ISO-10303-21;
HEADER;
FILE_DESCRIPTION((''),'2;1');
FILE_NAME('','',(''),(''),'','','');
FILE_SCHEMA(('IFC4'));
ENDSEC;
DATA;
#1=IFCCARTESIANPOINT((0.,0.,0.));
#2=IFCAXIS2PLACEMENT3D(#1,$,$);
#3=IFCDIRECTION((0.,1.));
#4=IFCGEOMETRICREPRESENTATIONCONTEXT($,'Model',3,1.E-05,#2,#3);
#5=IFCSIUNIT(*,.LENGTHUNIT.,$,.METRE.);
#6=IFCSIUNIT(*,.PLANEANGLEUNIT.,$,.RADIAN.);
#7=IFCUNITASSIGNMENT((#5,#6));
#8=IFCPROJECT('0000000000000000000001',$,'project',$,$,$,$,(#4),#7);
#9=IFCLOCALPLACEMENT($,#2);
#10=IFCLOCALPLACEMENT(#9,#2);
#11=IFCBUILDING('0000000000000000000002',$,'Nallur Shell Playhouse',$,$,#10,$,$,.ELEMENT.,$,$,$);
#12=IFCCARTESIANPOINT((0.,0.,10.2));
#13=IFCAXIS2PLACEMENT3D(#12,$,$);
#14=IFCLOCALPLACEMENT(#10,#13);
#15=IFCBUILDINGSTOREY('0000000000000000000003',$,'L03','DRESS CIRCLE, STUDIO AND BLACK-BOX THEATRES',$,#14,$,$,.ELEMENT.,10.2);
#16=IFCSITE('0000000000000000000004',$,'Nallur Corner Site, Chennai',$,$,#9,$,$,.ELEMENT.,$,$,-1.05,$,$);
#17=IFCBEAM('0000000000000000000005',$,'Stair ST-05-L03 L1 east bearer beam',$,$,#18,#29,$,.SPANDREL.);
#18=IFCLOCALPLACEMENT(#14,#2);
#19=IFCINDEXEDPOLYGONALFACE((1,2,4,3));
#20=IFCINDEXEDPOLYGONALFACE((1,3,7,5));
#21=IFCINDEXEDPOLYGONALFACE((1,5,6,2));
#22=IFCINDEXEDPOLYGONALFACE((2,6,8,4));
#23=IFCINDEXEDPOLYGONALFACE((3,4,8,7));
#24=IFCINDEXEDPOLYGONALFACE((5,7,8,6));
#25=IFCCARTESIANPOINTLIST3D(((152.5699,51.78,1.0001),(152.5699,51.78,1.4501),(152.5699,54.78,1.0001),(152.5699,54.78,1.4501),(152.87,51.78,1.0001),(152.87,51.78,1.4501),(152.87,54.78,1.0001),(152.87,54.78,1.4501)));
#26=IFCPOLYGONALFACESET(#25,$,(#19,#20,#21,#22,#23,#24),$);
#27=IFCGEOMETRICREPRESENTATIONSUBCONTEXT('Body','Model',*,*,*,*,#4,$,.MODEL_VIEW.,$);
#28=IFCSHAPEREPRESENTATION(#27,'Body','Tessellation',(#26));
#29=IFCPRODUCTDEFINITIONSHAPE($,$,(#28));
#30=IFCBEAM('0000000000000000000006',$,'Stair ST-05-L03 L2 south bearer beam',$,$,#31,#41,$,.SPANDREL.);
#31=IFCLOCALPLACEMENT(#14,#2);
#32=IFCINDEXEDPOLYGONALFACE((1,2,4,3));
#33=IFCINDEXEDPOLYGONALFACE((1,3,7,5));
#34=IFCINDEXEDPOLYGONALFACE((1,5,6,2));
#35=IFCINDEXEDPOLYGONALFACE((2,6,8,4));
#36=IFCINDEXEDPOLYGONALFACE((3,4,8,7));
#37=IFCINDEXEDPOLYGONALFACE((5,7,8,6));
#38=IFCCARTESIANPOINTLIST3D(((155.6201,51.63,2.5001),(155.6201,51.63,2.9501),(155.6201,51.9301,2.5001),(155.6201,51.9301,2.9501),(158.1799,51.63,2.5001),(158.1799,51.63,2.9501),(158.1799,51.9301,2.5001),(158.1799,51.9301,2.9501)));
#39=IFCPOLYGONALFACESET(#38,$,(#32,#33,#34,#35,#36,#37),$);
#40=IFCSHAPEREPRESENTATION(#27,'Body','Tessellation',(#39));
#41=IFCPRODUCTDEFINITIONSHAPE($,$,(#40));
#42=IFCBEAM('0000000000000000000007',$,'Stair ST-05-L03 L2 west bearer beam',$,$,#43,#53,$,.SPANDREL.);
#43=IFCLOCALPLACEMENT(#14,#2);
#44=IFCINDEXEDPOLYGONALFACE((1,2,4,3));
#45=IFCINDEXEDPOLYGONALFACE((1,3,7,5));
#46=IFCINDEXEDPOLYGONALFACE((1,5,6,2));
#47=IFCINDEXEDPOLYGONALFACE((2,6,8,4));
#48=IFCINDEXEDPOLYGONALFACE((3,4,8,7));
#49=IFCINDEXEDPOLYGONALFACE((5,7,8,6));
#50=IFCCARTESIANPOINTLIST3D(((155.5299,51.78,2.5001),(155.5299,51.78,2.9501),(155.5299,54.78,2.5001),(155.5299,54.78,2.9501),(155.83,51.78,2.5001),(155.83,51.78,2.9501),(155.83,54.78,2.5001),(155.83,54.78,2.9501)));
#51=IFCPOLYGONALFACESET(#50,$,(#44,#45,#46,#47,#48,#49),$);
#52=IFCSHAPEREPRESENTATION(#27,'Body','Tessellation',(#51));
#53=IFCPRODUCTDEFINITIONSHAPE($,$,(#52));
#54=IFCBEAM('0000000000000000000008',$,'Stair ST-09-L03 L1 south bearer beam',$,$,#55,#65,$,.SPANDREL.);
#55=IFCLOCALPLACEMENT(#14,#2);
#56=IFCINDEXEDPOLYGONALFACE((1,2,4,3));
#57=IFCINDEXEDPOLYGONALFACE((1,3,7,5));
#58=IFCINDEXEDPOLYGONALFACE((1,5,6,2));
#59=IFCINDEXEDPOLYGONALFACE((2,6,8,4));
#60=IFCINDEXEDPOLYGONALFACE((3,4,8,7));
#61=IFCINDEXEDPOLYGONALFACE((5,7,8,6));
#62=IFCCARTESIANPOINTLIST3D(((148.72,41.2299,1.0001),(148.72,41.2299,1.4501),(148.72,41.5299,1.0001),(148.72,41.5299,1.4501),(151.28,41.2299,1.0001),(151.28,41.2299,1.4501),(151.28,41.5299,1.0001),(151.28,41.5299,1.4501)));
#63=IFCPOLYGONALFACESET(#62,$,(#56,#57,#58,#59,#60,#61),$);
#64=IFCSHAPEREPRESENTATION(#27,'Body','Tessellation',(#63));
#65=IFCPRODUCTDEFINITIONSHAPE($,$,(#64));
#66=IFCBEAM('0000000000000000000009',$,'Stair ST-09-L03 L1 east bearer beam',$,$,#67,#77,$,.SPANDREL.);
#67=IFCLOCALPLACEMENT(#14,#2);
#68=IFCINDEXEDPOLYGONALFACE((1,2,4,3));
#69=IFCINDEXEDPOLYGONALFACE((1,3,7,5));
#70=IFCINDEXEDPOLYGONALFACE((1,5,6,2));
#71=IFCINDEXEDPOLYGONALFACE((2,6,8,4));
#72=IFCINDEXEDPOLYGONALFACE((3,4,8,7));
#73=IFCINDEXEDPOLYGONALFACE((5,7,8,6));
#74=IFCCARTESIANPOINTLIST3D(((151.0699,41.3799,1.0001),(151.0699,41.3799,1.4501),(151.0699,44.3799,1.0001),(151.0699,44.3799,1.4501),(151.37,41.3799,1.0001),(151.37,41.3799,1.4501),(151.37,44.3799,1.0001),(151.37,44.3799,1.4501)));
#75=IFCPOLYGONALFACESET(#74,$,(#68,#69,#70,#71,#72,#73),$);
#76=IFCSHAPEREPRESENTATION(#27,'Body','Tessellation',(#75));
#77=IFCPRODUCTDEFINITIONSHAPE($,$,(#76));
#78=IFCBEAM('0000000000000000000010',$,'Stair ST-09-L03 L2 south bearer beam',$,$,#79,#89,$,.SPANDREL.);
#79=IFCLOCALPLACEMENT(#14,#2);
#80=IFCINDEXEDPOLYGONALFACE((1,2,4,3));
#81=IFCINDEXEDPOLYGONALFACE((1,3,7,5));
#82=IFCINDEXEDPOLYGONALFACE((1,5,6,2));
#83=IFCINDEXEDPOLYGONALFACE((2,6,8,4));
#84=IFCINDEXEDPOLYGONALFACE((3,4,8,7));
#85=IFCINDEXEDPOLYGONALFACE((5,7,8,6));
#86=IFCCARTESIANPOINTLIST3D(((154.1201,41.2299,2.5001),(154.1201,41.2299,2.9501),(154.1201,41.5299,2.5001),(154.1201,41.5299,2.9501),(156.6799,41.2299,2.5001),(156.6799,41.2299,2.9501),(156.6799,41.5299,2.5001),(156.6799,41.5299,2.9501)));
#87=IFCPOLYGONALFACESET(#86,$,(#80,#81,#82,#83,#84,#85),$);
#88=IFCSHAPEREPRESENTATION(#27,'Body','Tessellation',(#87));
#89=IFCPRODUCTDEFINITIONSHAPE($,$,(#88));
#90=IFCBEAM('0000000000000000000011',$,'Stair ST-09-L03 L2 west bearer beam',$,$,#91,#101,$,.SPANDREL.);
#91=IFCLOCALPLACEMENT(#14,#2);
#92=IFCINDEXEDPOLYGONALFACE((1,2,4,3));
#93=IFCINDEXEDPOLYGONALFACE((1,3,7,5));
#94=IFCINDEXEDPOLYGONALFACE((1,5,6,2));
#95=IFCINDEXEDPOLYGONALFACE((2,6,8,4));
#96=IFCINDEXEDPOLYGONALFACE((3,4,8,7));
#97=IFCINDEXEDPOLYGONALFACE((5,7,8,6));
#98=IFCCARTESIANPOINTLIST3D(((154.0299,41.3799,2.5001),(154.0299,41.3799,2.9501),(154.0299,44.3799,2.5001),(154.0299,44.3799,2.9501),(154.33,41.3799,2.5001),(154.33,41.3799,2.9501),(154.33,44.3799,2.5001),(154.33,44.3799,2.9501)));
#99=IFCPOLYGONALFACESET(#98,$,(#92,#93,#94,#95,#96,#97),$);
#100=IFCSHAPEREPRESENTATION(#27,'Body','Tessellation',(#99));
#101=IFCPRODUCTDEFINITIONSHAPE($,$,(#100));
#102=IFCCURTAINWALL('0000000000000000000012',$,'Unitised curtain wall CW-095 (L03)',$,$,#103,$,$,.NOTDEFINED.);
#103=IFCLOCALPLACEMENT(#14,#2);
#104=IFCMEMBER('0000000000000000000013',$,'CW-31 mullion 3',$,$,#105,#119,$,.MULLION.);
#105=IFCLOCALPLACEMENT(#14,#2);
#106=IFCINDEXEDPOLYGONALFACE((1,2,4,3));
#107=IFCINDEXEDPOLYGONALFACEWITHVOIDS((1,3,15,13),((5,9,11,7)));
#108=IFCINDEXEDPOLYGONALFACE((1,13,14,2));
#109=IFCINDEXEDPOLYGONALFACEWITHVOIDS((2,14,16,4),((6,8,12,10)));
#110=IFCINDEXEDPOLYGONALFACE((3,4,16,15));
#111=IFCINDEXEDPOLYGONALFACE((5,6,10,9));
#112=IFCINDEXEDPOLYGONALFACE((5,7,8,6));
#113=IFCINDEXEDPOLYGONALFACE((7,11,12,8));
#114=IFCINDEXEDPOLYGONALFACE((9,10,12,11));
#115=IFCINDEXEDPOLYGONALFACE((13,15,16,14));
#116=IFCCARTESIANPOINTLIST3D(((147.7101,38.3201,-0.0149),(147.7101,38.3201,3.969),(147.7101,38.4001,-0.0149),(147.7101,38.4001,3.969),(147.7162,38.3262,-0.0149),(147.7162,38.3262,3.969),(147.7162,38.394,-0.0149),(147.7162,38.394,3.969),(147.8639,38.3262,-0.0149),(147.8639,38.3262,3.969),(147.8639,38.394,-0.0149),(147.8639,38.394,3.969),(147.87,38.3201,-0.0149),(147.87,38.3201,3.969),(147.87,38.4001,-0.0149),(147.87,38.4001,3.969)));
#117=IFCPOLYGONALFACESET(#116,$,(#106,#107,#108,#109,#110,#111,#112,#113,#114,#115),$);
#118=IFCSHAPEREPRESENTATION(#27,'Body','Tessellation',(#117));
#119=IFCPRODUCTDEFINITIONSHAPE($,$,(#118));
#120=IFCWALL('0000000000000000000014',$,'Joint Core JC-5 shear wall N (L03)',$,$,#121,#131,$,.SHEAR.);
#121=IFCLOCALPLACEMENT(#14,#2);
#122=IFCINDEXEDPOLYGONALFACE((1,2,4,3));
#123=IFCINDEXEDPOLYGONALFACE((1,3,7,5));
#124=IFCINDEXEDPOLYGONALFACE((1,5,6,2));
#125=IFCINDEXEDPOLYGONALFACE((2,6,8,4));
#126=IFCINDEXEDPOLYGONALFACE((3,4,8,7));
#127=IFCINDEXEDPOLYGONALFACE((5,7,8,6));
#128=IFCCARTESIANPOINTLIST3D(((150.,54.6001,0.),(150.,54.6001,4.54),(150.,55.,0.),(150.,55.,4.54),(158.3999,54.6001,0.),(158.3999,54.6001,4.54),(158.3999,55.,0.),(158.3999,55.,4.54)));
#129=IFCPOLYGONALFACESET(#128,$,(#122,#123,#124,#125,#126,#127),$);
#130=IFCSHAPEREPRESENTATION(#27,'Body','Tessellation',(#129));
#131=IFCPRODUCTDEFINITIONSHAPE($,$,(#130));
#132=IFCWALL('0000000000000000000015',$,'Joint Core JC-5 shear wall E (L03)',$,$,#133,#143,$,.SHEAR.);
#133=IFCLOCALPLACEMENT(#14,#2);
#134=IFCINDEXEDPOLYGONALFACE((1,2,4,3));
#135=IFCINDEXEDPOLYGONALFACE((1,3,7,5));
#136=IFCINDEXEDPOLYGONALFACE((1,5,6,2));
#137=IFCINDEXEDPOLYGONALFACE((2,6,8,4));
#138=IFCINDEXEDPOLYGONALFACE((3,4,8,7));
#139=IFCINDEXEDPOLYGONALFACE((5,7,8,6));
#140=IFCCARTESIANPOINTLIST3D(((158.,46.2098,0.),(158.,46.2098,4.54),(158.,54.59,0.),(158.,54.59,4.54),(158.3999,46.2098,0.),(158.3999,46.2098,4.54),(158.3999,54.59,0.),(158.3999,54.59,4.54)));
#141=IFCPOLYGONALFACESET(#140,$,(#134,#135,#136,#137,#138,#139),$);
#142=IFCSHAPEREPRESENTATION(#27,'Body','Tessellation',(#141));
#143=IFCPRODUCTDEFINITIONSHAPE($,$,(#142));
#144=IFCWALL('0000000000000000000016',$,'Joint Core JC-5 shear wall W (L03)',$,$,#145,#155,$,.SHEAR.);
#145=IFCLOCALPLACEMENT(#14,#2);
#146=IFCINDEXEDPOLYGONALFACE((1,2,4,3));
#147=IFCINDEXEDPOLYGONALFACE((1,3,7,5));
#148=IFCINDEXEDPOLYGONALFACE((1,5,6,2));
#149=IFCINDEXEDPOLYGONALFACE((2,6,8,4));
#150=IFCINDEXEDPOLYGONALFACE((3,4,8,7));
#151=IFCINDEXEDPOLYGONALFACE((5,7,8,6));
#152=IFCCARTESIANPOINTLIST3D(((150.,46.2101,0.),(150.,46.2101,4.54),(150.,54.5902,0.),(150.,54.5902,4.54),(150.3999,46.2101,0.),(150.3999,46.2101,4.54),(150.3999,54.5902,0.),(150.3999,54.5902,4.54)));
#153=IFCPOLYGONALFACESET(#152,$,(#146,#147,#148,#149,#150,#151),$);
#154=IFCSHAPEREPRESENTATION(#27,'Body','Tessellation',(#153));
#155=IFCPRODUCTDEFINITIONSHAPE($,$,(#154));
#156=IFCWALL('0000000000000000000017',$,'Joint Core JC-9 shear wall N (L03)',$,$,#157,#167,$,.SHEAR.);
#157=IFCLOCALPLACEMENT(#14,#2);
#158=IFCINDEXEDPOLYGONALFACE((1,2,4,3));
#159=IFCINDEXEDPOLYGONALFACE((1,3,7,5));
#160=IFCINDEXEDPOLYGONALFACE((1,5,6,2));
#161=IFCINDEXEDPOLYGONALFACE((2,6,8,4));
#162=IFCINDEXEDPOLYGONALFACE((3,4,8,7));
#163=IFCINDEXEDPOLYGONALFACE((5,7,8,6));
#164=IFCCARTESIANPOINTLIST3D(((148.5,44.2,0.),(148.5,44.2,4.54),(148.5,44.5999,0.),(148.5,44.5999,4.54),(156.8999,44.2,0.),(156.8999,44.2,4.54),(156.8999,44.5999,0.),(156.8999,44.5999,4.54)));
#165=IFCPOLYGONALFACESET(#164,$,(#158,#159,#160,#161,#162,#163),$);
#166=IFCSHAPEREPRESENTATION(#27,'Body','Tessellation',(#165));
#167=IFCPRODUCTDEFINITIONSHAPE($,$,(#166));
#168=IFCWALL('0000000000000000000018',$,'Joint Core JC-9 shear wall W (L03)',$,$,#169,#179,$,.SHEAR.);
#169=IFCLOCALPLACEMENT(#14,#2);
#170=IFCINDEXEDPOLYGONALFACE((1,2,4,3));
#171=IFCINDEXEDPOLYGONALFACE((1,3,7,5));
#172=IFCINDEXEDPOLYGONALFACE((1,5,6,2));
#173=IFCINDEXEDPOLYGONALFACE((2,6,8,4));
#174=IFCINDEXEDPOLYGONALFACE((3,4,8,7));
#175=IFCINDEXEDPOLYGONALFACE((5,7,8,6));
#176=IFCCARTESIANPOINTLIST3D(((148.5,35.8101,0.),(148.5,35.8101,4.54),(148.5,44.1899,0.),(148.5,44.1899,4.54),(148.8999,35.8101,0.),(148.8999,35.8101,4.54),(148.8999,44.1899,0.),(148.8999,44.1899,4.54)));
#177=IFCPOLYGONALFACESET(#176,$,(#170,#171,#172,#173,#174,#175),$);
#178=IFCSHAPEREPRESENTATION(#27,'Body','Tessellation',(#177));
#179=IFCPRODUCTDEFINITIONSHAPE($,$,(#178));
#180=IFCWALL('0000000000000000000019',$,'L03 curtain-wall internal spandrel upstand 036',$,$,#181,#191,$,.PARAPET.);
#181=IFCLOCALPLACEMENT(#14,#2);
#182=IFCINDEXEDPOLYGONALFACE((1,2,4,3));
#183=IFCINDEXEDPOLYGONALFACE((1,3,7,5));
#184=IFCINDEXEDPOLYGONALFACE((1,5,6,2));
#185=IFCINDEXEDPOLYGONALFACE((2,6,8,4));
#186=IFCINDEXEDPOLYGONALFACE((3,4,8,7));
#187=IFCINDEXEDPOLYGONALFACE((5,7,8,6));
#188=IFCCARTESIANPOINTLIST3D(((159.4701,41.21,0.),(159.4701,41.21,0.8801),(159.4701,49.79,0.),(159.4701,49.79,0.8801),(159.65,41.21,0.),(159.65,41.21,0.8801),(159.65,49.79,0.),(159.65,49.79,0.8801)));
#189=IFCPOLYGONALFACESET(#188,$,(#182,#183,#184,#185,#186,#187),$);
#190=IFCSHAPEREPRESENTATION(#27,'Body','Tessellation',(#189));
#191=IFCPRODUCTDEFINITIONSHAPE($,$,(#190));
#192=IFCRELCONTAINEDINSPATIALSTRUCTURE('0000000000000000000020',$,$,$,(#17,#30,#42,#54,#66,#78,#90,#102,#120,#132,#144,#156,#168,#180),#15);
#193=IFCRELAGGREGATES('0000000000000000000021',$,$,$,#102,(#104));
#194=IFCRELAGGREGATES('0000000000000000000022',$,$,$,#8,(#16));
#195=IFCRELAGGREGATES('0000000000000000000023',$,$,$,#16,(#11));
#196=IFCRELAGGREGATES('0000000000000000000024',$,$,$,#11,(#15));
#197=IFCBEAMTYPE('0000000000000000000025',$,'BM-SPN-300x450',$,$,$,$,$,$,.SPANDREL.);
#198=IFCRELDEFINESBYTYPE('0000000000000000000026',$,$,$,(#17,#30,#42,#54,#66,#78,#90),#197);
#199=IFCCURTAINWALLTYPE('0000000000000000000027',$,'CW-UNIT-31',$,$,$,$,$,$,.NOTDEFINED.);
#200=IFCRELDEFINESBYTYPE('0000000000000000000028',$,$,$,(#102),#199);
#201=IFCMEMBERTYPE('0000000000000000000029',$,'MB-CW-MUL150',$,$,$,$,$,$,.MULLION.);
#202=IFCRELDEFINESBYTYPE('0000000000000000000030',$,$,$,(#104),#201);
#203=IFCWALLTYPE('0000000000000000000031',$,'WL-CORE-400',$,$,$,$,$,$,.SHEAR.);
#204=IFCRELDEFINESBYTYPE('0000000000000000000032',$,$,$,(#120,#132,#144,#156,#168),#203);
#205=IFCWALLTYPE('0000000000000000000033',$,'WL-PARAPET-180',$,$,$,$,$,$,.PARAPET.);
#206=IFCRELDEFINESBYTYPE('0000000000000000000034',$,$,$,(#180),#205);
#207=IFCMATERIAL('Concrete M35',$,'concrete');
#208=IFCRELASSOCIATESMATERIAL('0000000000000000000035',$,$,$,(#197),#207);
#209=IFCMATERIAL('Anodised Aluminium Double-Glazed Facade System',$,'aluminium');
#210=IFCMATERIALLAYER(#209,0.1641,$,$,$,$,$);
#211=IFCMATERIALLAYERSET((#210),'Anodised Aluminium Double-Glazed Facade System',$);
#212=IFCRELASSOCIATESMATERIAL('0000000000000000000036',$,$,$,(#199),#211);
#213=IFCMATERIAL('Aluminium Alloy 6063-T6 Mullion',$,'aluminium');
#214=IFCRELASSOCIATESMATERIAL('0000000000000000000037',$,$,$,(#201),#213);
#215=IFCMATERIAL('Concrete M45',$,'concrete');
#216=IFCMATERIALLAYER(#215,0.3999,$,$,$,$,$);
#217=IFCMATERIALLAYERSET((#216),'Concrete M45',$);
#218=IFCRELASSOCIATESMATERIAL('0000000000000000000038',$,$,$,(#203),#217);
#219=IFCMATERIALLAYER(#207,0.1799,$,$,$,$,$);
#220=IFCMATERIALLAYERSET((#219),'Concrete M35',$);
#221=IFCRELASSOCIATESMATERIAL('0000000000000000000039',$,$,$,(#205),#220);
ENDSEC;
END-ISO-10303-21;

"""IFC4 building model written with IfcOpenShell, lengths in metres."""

from ifc_helpers import new_model, si_unit, direction, frame, frame_2d, origin, origin_2d, place, context, subcontext, project, spatial, rectangle, hollow_rectangle, extrude, material, layer, layer_set, material_profile, profile_set, type_object, element, aggregate, save


model = new_model("IFC4")

# Units and contexts
model_context = context("Model", 3, precision=1e-05, world=origin(), true_north=direction((0.0, 1.0)))
body_context = subcontext(model_context, "Body", "Model", "MODEL_VIEW")
ifc_project = project(units=[si_unit("LENGTHUNIT", "METRE"), si_unit("PLANEANGLEUNIT", "RADIAN")], contexts=[model_context])

# Site, building, storey
site_placement = place(None, origin())
site = spatial("IfcSite", under=ifc_project, at=site_placement, Name="Nallur Corner Site, Chennai", CompositionType="ELEMENT", RefElevation=-1.05)
building_placement = place(site_placement, origin())
building = spatial("IfcBuilding", under=site, at=building_placement, Name="Nallur Shell Playhouse", CompositionType="ELEMENT")
storey_placement = place(building_placement, frame((0.0, 0.0, 10.2)))
storey = spatial("IfcBuildingStorey", under=building, at=storey_placement, Name="L03", Description="DRESS CIRCLE, STUDIO AND BLACK-BOX THEATRES", CompositionType="ELEMENT", Elevation=10.2)

# Beams
ifc_material_1 = material(Name="Concrete M35", Category="concrete")
ifc_material_profile_1 = material_profile(ifc_material_1, rectangle(XDim=0.3, YDim=0.45, at=origin_2d()), Name="RC 300x450")
ifc_profile_set_1 = profile_set([ifc_material_profile_1], Name="Concrete M35")
beam_type = type_object("IfcBeamType", Name="BM-SPN-300x450", PredefinedType="SPANDREL", material=ifc_profile_set_1)
beam_1_placement = place(storey_placement, frame((152.72, 51.78, 1.2251), z_axis=(0.0, 1.0, 0.0), x_axis=(-1.0, 0.0, 0.0)))
element("IfcBeam", 1, at=beam_1_placement, inside=storey, type_object=beam_type, Name="Stair ST-05-L03 L1 east bearer beam", PredefinedType="SPANDREL", context=body_context, shape_type="SweptSolid", body=[
    extrude(rectangle(XDim=0.3, YDim=0.45, at=origin_2d()), origin(), (0.0, 0.0, 1.0), 3.0),
])
beam_2_placement = place(storey_placement, frame((155.6201, 51.78, 2.7251), z_axis=(1.0, 0.0, 0.0), x_axis=(0.0, 1.0, 0.0)))
element("IfcBeam", 2, at=beam_2_placement, inside=storey, type_object=beam_type, Name="Stair ST-05-L03 L2 south bearer beam", PredefinedType="SPANDREL", context=body_context, shape_type="SweptSolid", body=[
    extrude(rectangle(XDim=0.3, YDim=0.45, at=origin_2d()), origin(), (0.0, 0.0, 1.0), 2.5598),
])
beam_3_placement = place(storey_placement, frame((155.6799, 51.78, 2.7251), z_axis=(0.0, 1.0, 0.0), x_axis=(-1.0, 0.0, 0.0)))
element("IfcBeam", 3, at=beam_3_placement, inside=storey, type_object=beam_type, Name="Stair ST-05-L03 L2 west bearer beam", PredefinedType="SPANDREL", context=body_context, shape_type="SweptSolid", body=[
    extrude(rectangle(XDim=0.3, YDim=0.45, at=origin_2d()), origin(), (0.0, 0.0, 1.0), 3.0),
])
beam_4_placement = place(storey_placement, frame((148.72, 41.3799, 1.2251), z_axis=(1.0, 0.0, 0.0), x_axis=(0.0, 1.0, 0.0)))
element("IfcBeam", 4, at=beam_4_placement, inside=storey, type_object=beam_type, Name="Stair ST-09-L03 L1 south bearer beam", PredefinedType="SPANDREL", context=body_context, shape_type="SweptSolid", body=[
    extrude(rectangle(XDim=0.3, YDim=0.45, at=origin_2d()), origin(), (0.0, 0.0, 1.0), 2.5601),
])
beam_5_placement = place(storey_placement, frame((151.22, 41.3799, 1.2251), z_axis=(0.0, 1.0, 0.0), x_axis=(-1.0, 0.0, 0.0)))
element("IfcBeam", 5, at=beam_5_placement, inside=storey, type_object=beam_type, Name="Stair ST-09-L03 L1 east bearer beam", PredefinedType="SPANDREL", context=body_context, shape_type="SweptSolid", body=[
    extrude(rectangle(XDim=0.3, YDim=0.45, at=origin_2d()), origin(), (0.0, 0.0, 1.0), 3.0),
])
beam_6_placement = place(storey_placement, frame((154.1201, 41.3799, 2.7251), z_axis=(1.0, 0.0, 0.0), x_axis=(0.0, 1.0, 0.0)))
element("IfcBeam", 6, at=beam_6_placement, inside=storey, type_object=beam_type, Name="Stair ST-09-L03 L2 south bearer beam", PredefinedType="SPANDREL", context=body_context, shape_type="SweptSolid", body=[
    extrude(rectangle(XDim=0.3, YDim=0.45, at=origin_2d()), origin(), (0.0, 0.0, 1.0), 2.5598),
])
beam_7_placement = place(storey_placement, frame((154.1799, 41.3799, 2.7251), z_axis=(0.0, 1.0, 0.0), x_axis=(-1.0, 0.0, 0.0)))
element("IfcBeam", 7, at=beam_7_placement, inside=storey, type_object=beam_type, Name="Stair ST-09-L03 L2 west bearer beam", PredefinedType="SPANDREL", context=body_context, shape_type="SweptSolid", body=[
    extrude(rectangle(XDim=0.3, YDim=0.45, at=origin_2d()), origin(), (0.0, 0.0, 1.0), 3.0),
])

# Curtain wall, member
ifc_material_2 = material(Name="Anodised Aluminium Double-Glazed Facade System", Category="aluminium")
ifc_layer_1 = layer(ifc_material_2, 0.1641)
ifc_layer_set_1 = layer_set([ifc_layer_1], Name="Anodised Aluminium Double-Glazed Facade System")
curtain_wall_type = type_object("IfcCurtainWallType", Name="CW-UNIT-31", PredefinedType="NOTDEFINED", material=ifc_layer_set_1)
curtain_wall_placement = place(storey_placement, origin())
curtain_wall = element("IfcCurtainWall", 8, at=curtain_wall_placement, inside=storey, type_object=curtain_wall_type, Name="Unitised curtain wall CW-095 (L03)", PredefinedType="NOTDEFINED")
ifc_material_3 = material(Name="Aluminium Alloy 6063-T6 Mullion", Category="aluminium")
ifc_material_profile_2 = material_profile(ifc_material_3, hollow_rectangle(XDim=0.0801, YDim=0.1599, WallThickness=0.0061, at=origin_2d()), Name="RHS 160x80x6")
ifc_profile_set_2 = profile_set([ifc_material_profile_2], Name="Aluminium Alloy 6063-T6 Mullion")
member_type = type_object("IfcMemberType", Name="MB-CW-MUL150", PredefinedType="MULLION", material=ifc_profile_set_2)
member_placement = place(storey_placement, frame((147.79, 38.3601, -0.0149), z_axis=(0.0, 0.0, 1.0), x_axis=(0.0, 1.0, 0.0)))
member = element("IfcMember", 9, at=member_placement, type_object=member_type, Name="CW-31 mullion 3", PredefinedType="MULLION", context=body_context, shape_type="SweptSolid", body=[
    extrude(hollow_rectangle(XDim=0.0801, YDim=0.1599, WallThickness=0.0061, at=origin_2d()), origin(), (0.0, 0.0, 1.0), 3.9839),
])
aggregate(curtain_wall, [member])

# Shared definitions
ifc_material_4 = material(Name="Concrete M45", Category="concrete")
ifc_layer_2 = layer(ifc_material_4, 0.3999)
ifc_layer_set_2 = layer_set([ifc_layer_2], Name="Concrete M45")
wall_type_1 = type_object("IfcWallType", Name="WL-CORE-400", PredefinedType="SHEAR", material=ifc_layer_set_2)

# Walls
wall_1_placement = place(storey_placement, frame((158.3999, 54.8, 0.0), z_axis=(0.0, 0.0, 1.0), x_axis=(-1.0, 0.0, 0.0)))
element("IfcWall", 10, at=wall_1_placement, inside=storey, type_object=wall_type_1, Name="Joint Core JC-5 shear wall N (L03)", PredefinedType="SHEAR", context=body_context, shape_type="SweptSolid", body=[
    extrude(rectangle(XDim=8.3999, YDim=0.3999, at=frame_2d((4.2, 0.0))), origin(), (0.0, 0.0, 1.0), 4.54),
])
for number, where, z_axis, x_axis, name in (
    (11, (158.2, 46.21, 0.0), (0.0, 0.0, 1.0), (0.0, 1.0, 0.0), "Joint Core JC-5 shear wall E (L03)"),
    (12, (150.2, 54.5901, 0.0), (0.0, 0.0, 1.0), (0.0, -1.0, 0.0), "Joint Core JC-5 shear wall W (L03)"),
):
    element("IfcWall", number, at=place(storey_placement, frame(where, z_axis=z_axis, x_axis=x_axis)), inside=storey, type_object=wall_type_1, Name=name, PredefinedType="SHEAR", context=body_context, shape_type="SweptSolid", body=[
        extrude(rectangle(XDim=8.3801, YDim=0.3999, at=frame_2d((4.1899, 0.0))), origin(), (0.0, 0.0, 1.0), 4.54),
    ])
wall_2_placement = place(storey_placement, frame((156.8999, 44.3999, 0.0), z_axis=(0.0, 0.0, 1.0), x_axis=(-1.0, 0.0, 0.0)))
element("IfcWall", 13, at=wall_2_placement, inside=storey, type_object=wall_type_1, Name="Joint Core JC-9 shear wall N (L03)", PredefinedType="SHEAR", context=body_context, shape_type="SweptSolid", body=[
    extrude(rectangle(XDim=8.3999, YDim=0.3999, at=frame_2d((4.2, 0.0))), origin(), (0.0, 0.0, 1.0), 4.54),
])
wall_3_placement = place(storey_placement, frame((148.7, 44.1899, 0.0), z_axis=(0.0, 0.0, 1.0), x_axis=(0.0, -1.0, 0.0)))
element("IfcWall", 14, at=wall_3_placement, inside=storey, type_object=wall_type_1, Name="Joint Core JC-9 shear wall W (L03)", PredefinedType="SHEAR", context=body_context, shape_type="SweptSolid", body=[
    extrude(rectangle(XDim=8.3799, YDim=0.3999, at=frame_2d((4.1899, 0.0))), origin(), (0.0, 0.0, 1.0), 4.54),
])
ifc_layer_3 = layer(ifc_material_1, 0.1799)
ifc_layer_set_3 = layer_set([ifc_layer_3], Name="Concrete M35")
wall_type_2 = type_object("IfcWallType", Name="WL-PARAPET-180", PredefinedType="PARAPET", material=ifc_layer_set_3)
for number, where, z_axis, x_axis, name in (
    (15, (159.5601, 49.79, 0.0), (0.0, 0.0, 1.0), (0.0, -1.0, 0.0), "L03 curtain-wall internal spandrel upstand 036"),
):
    element("IfcWall", number, at=place(storey_placement, frame(where, z_axis=z_axis, x_axis=x_axis)), inside=storey, type_object=wall_type_2, Name=name, PredefinedType="PARAPET", context=body_context, shape_type="SweptSolid", body=[
        extrude(rectangle(XDim=8.5801, YDim=0.1799, at=frame_2d((4.29, 0.0))), origin(), (0.0, 0.0, 1.0), 0.8801),
    ])

save(model, "model.ifc")
